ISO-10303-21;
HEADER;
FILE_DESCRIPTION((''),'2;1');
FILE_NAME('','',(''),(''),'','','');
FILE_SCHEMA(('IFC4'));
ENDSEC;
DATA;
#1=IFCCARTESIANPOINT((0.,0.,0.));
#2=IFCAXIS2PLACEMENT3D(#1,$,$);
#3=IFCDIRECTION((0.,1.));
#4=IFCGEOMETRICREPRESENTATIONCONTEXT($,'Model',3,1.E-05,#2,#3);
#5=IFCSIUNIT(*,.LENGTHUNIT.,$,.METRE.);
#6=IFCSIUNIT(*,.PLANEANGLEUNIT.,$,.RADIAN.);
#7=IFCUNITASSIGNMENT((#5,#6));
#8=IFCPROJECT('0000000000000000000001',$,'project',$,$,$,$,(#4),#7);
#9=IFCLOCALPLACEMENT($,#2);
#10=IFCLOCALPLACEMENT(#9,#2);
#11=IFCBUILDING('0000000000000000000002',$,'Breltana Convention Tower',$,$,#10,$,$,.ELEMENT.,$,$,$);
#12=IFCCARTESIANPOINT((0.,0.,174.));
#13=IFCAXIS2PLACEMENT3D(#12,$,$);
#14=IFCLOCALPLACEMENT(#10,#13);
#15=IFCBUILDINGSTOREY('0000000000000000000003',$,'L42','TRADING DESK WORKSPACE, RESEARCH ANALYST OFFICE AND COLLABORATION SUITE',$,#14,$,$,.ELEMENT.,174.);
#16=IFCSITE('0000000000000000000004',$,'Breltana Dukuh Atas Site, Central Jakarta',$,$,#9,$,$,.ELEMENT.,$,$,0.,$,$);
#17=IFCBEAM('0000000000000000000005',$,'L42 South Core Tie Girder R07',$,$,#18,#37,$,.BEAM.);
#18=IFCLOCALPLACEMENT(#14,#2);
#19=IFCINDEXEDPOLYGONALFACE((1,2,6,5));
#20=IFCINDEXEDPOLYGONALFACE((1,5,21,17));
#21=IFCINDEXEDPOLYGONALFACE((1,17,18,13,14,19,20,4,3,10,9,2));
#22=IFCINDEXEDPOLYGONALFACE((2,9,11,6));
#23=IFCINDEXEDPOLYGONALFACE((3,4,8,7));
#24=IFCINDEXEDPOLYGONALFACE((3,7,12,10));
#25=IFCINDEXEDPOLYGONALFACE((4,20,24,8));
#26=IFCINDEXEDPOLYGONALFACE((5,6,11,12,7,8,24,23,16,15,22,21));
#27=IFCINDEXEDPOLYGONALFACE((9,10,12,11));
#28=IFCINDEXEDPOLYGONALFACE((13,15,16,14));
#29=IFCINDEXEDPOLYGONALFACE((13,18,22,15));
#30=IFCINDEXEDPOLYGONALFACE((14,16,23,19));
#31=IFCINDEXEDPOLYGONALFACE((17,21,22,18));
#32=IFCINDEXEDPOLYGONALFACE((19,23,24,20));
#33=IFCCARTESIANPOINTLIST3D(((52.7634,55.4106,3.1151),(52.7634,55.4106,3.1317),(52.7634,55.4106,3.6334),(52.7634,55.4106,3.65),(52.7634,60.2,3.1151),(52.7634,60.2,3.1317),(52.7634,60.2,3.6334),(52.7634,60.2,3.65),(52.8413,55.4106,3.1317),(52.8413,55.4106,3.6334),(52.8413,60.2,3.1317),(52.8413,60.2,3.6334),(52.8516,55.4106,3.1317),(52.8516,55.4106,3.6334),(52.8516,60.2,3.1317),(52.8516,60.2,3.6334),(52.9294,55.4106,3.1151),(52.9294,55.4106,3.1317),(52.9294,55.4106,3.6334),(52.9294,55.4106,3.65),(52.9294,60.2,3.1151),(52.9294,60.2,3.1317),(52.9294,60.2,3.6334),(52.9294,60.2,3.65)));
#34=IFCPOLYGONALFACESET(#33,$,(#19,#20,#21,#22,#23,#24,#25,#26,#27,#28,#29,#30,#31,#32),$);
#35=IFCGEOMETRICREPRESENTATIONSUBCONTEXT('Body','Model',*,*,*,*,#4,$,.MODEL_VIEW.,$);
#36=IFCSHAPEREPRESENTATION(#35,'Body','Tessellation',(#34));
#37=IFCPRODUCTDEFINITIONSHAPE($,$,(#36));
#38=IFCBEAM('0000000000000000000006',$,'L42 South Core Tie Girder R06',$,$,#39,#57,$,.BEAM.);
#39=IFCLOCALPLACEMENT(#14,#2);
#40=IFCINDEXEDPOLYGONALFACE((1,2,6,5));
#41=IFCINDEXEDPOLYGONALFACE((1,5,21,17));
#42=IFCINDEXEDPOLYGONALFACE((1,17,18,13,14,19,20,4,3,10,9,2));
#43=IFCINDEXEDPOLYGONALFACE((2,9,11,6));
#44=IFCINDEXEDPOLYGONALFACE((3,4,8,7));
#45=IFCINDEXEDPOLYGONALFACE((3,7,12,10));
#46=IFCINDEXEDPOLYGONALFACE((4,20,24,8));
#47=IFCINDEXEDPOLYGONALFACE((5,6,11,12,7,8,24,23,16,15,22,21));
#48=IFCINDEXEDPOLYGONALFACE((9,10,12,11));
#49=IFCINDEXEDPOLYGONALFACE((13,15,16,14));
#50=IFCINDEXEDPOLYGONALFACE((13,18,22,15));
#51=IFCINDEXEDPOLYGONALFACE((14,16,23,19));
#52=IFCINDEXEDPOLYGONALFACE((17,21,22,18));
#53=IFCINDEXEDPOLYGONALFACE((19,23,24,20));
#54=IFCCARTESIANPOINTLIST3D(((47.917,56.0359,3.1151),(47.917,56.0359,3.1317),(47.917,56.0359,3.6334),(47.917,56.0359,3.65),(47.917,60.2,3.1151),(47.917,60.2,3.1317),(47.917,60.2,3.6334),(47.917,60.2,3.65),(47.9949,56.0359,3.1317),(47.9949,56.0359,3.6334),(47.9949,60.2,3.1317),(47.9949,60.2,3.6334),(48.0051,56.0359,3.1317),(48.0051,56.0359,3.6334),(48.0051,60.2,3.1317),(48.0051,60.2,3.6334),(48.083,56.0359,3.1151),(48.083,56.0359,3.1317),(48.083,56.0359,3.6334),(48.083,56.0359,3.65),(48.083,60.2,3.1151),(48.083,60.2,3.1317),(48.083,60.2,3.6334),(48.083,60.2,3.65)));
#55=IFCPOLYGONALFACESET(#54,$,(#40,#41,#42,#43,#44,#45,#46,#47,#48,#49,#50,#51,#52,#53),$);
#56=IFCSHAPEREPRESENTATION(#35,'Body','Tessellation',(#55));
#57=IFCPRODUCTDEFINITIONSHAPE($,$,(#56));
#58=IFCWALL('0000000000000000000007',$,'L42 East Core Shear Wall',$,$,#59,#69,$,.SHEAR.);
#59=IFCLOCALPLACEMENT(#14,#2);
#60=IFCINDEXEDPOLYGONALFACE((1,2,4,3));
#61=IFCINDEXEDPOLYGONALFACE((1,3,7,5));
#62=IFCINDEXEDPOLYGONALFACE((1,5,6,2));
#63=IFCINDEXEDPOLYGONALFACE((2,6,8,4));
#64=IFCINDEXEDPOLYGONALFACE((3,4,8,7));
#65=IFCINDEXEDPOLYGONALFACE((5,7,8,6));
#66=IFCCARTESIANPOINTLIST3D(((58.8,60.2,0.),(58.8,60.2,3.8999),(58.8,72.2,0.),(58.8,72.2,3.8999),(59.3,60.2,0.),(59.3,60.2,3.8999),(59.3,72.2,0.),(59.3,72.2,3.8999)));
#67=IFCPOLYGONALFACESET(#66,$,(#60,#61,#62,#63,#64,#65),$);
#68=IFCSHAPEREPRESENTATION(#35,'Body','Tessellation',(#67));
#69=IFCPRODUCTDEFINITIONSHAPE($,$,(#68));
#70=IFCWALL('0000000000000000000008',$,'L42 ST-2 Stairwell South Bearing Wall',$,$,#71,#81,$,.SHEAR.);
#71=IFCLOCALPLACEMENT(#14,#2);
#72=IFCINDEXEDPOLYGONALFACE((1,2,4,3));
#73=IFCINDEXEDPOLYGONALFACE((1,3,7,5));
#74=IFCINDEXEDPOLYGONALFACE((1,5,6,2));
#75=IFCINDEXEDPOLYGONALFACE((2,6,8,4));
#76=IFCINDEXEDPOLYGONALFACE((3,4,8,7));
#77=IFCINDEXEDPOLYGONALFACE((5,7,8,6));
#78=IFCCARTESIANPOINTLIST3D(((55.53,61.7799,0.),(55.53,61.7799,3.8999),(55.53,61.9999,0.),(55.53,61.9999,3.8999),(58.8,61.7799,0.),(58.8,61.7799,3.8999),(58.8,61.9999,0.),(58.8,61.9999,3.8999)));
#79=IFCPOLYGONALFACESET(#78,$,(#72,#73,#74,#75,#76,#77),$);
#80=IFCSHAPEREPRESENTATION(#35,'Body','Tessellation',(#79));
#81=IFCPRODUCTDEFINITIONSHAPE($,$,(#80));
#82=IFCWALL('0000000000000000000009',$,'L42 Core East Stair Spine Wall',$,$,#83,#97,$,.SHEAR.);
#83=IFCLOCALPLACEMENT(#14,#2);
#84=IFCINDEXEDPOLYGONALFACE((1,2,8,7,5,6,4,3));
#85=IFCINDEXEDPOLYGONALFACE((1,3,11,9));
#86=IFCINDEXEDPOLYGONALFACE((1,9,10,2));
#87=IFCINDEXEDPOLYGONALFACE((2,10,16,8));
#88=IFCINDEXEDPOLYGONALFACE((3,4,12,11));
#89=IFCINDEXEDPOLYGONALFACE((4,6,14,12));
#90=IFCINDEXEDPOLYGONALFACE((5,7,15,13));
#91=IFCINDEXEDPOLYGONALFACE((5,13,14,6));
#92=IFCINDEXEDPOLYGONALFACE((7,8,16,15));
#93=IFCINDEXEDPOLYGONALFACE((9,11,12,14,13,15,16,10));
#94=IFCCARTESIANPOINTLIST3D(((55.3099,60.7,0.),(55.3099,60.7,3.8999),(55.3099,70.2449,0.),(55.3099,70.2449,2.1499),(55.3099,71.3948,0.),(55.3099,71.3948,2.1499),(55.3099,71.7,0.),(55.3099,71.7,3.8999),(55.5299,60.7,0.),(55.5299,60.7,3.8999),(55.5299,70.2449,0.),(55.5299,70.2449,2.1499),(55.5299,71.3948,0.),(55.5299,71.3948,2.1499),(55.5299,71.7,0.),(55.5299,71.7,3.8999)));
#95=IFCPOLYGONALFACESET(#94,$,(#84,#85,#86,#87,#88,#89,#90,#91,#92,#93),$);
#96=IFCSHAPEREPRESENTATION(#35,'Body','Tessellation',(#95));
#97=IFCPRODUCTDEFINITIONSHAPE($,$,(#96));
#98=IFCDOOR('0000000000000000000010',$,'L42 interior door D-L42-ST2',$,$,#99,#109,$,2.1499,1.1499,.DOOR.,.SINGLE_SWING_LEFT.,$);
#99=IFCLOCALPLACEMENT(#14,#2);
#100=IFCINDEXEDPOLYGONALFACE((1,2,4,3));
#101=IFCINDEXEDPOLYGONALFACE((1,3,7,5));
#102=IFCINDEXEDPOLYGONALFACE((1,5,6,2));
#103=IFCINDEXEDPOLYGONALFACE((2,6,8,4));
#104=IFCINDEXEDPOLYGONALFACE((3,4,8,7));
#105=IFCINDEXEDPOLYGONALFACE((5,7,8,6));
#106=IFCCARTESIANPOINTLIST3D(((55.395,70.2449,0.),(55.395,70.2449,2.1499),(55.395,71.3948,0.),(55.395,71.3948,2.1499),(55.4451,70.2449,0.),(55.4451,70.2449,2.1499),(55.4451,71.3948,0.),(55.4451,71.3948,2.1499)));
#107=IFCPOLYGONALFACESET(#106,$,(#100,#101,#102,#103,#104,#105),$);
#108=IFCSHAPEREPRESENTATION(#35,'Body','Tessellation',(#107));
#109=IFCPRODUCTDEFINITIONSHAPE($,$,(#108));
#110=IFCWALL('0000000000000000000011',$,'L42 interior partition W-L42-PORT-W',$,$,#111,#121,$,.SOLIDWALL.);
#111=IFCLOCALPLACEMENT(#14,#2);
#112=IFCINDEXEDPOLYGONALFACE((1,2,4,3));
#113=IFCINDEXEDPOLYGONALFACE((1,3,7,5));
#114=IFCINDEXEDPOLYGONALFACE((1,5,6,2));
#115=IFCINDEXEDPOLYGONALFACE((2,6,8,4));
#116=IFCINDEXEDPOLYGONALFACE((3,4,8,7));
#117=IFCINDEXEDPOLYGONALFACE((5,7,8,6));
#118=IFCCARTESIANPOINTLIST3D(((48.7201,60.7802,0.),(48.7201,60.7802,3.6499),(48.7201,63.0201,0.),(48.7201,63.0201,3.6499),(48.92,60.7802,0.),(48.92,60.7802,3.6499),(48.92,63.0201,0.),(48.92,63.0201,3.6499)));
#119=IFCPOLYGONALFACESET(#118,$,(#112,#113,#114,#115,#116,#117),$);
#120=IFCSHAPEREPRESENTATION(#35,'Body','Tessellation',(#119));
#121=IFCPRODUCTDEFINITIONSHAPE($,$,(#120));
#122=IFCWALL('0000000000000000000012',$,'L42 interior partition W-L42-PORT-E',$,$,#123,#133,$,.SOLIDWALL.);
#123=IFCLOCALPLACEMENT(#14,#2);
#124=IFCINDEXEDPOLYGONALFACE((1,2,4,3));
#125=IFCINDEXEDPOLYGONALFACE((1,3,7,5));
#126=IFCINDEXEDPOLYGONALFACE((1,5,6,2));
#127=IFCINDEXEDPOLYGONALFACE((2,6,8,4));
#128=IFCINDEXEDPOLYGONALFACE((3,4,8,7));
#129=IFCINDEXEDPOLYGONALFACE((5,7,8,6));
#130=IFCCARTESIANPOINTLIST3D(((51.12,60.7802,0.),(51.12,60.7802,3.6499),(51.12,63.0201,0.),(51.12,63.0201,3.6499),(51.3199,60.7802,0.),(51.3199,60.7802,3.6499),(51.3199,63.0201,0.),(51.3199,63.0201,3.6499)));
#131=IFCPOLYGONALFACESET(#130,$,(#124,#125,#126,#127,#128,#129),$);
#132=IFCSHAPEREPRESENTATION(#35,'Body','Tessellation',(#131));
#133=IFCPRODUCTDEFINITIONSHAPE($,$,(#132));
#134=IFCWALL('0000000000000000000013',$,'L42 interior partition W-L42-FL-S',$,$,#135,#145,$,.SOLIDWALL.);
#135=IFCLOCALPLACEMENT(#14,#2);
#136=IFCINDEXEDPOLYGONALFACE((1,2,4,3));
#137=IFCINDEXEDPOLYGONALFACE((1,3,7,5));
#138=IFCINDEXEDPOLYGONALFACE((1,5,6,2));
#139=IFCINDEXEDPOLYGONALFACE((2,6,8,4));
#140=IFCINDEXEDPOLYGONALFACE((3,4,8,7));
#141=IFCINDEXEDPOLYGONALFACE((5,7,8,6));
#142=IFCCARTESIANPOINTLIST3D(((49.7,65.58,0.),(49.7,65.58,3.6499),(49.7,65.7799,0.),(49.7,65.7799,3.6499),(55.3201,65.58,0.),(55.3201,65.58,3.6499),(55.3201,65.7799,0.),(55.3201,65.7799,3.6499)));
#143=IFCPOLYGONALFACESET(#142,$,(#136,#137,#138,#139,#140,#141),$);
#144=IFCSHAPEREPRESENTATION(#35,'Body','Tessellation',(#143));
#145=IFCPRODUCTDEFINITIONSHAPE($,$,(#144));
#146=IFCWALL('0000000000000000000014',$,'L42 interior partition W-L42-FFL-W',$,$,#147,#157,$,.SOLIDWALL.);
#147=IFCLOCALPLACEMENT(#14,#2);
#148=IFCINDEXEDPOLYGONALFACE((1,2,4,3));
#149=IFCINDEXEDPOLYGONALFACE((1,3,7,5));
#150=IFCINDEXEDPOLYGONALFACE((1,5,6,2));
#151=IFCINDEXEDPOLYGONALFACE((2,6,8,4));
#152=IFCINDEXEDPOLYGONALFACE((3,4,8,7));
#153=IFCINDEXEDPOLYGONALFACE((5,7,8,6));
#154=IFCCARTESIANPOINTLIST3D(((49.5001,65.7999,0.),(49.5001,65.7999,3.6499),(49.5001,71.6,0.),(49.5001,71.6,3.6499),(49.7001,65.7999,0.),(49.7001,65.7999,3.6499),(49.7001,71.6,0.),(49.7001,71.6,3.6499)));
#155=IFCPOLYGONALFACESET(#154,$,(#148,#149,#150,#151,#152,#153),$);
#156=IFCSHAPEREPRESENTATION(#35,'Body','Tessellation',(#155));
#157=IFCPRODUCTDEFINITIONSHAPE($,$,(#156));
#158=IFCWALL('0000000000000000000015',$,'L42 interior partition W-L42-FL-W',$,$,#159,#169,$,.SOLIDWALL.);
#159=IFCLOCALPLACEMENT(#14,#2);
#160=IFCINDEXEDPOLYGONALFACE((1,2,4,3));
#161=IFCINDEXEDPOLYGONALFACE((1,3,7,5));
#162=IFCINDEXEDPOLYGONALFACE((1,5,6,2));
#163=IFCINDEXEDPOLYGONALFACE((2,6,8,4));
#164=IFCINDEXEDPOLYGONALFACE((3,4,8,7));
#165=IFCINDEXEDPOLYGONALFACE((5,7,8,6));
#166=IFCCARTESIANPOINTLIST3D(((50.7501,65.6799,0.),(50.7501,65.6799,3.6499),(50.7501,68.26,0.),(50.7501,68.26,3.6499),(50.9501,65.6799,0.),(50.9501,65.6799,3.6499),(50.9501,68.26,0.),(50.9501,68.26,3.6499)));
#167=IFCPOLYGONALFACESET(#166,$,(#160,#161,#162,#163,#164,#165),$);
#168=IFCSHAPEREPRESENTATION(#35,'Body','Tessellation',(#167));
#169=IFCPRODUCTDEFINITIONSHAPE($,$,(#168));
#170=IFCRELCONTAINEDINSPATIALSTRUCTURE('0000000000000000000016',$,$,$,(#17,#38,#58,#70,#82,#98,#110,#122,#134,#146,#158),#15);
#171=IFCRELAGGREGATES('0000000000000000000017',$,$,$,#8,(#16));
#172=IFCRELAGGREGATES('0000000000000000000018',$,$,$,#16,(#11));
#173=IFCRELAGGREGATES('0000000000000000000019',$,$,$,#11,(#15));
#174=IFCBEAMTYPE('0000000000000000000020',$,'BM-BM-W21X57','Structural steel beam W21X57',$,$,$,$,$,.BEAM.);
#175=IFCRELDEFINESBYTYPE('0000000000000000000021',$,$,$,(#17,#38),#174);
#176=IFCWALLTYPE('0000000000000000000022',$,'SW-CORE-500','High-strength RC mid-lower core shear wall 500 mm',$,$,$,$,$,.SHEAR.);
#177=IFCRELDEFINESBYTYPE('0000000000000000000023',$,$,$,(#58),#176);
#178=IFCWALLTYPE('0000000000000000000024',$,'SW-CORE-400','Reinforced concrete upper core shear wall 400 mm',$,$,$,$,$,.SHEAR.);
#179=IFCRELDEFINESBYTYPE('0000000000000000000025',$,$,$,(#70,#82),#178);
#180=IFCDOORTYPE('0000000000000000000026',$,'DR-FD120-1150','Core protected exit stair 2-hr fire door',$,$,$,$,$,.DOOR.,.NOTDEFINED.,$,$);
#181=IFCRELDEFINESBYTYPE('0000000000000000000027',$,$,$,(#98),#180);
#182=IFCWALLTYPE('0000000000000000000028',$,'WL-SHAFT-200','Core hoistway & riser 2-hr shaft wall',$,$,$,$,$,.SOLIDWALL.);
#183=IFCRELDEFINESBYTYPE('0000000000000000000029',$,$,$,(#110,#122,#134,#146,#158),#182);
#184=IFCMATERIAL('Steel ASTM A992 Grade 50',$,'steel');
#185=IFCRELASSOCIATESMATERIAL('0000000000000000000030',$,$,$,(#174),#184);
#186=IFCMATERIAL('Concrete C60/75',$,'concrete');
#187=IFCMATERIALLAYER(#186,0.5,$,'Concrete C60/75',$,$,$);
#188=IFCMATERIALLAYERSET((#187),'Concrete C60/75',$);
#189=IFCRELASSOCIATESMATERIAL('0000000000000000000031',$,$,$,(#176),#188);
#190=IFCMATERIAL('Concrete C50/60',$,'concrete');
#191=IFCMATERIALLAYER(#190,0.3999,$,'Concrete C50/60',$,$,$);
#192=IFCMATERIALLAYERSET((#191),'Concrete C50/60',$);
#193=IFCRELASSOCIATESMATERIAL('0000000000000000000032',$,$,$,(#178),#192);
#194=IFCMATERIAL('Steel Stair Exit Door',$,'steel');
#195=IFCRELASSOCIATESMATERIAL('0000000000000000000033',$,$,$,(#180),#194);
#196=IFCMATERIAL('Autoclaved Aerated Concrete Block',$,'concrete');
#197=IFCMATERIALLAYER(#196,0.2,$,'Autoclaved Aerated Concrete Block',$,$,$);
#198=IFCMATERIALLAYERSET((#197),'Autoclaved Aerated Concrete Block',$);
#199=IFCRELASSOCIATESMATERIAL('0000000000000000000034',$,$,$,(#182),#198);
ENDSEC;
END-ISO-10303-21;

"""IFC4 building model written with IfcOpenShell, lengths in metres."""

from ifc_helpers import new_model, si_unit, direction, frame, frame_2d, origin, origin_2d, place, context, subcontext, project, spatial, rectangle, i_section, extrude, source, transform, mapped, material, layer, layer_set, material_profile, profile_set, type_object, type_shapes, element, fill, save


model = new_model("IFC4")

# Units and contexts
model_context = context("Model", 3, precision=1e-05, world=origin(), true_north=direction((0.0, 1.0)))
body_context = subcontext(model_context, "Body", "Model", "MODEL_VIEW")
ifc_project = project(units=[si_unit("LENGTHUNIT", "METRE"), si_unit("PLANEANGLEUNIT", "RADIAN")], contexts=[model_context])

# Site, building, storey
site_placement = place(None, origin())
site = spatial("IfcSite", under=ifc_project, at=site_placement, Name="Breltana Dukuh Atas Site, Central Jakarta", CompositionType="ELEMENT", RefElevation=0.0)
building_placement = place(site_placement, origin())
building = spatial("IfcBuilding", under=site, at=building_placement, Name="Breltana Convention Tower", CompositionType="ELEMENT")
storey_placement = place(building_placement, frame((0.0, 0.0, 174.0)))
storey = spatial("IfcBuildingStorey", under=building, at=storey_placement, Name="L42", Description="TRADING DESK WORKSPACE, RESEARCH ANALYST OFFICE AND COLLABORATION SUITE", CompositionType="ELEMENT", Elevation=174.0)

# Beams
ifc_material_1 = material(Name="Steel ASTM A992 Grade 50", Category="steel")
ifc_material_profile = material_profile(ifc_material_1, i_section(OverallWidth=0.166, OverallDepth=0.5349, WebThickness=0.0103, FlangeThickness=0.0166, at=origin_2d()), Name="W21X57")
ifc_profile_set = profile_set([ifc_material_profile], Name="Steel ASTM A992 Grade 50")
beam_type = type_object("IfcBeamType", Name="BM-BM-W21X57", Description="Structural steel beam W21X57", PredefinedType="BEAM", material=ifc_profile_set)
shared_shape_1 = source(origin(), body_context, "Body", "SweptSolid", [
    extrude(i_section(OverallWidth=0.166, OverallDepth=0.5349, WebThickness=0.0103, FlangeThickness=0.0166, at=origin_2d()), origin(), (0.0, 0.0, 1.0), 4.7893),
])
beam_1_placement = place(storey_placement, frame((52.8464, 60.2, 3.3826), z_axis=(0.0, -1.0, 0.0), x_axis=(1.0, 0.0, 0.0)))
element("IfcBeam", 1, at=beam_1_placement, inside=storey, type_object=beam_type, Name="L42 South Core Tie Girder R07", PredefinedType="BEAM", context=body_context, shape_type="MappedRepresentation", body=[
    mapped(shared_shape_1, transform((0.0, 0.0, 0.0), scale=1.0)),
])
shared_shape_2 = source(origin(), body_context, "Body", "SweptSolid", [
    extrude(i_section(OverallWidth=0.166, OverallDepth=0.5349, WebThickness=0.0103, FlangeThickness=0.0166, at=origin_2d()), origin(), (0.0, 0.0, 1.0), 4.1641),
])
beam_2_placement = place(storey_placement, frame((48.0, 60.2, 3.3826), z_axis=(0.0, -1.0, 0.0), x_axis=(1.0, 0.0, 0.0)))
element("IfcBeam", 2, at=beam_2_placement, inside=storey, type_object=beam_type, Name="L42 South Core Tie Girder R06", PredefinedType="BEAM", context=body_context, shape_type="MappedRepresentation", body=[
    mapped(shared_shape_2, transform((0.0, 0.0, 0.0), scale=1.0)),
])

# Walls
ifc_material_2 = material(Name="Concrete C60/75", Category="concrete")
ifc_layer_1 = layer(ifc_material_2, 0.5, Name="Concrete C60/75")
ifc_layer_set_1 = layer_set([ifc_layer_1], Name="Concrete C60/75")
wall_type_1 = type_object("IfcWallType", Name="SW-CORE-500", Description="High-strength RC mid-lower core shear wall 500 mm", PredefinedType="SHEAR", material=ifc_layer_set_1)
shared_shape_3 = source(origin(), body_context, "Body", "SweptSolid", [
    extrude(rectangle(XDim=12.0, YDim=0.5, at=frame_2d((6.0, 0.0))), origin(), (0.0, 0.0, 1.0), 3.8999),
])
wall_1_placement = place(storey_placement, frame((59.05, 60.2, 0.0), z_axis=(0.0, 0.0, 1.0), x_axis=(0.0, 1.0, 0.0)))
element("IfcWall", 3, at=wall_1_placement, inside=storey, type_object=wall_type_1, Name="L42 East Core Shear Wall", PredefinedType="SHEAR", context=body_context, shape_type="MappedRepresentation", body=[
    mapped(shared_shape_3, transform((0.0, 0.0, 0.0), scale=1.0)),
])
ifc_material_3 = material(Name="Concrete C50/60", Category="concrete")
ifc_layer_2 = layer(ifc_material_3, 0.3999, Name="Concrete C50/60")
ifc_layer_set_2 = layer_set([ifc_layer_2], Name="Concrete C50/60")
wall_type_2 = type_object("IfcWallType", Name="SW-CORE-400", Description="Reinforced concrete upper core shear wall 400 mm", PredefinedType="SHEAR", material=ifc_layer_set_2)
shared_shape_4 = source(origin(), body_context, "Body", "SweptSolid", [
    extrude(rectangle(XDim=3.27, YDim=0.22, at=frame_2d((1.635, 0.0))), origin(), (0.0, 0.0, 1.0), 3.8999),
])
wall_2_placement = place(storey_placement, frame((55.53, 61.8899, 0.0), z_axis=(0.0, 0.0, 1.0), x_axis=(1.0, 0.0, 0.0)))
element("IfcWall", 4, at=wall_2_placement, inside=storey, type_object=wall_type_2, Name="L42 ST-2 Stairwell South Bearing Wall", PredefinedType="SHEAR", context=body_context, shape_type="MappedRepresentation", body=[
    mapped(shared_shape_4, transform((0.0, 0.0, 0.0), scale=1.0)),
])

# Wall, opening, door
shared_shape_5 = source(origin(), body_context, "Body", "SweptSolid", [
    extrude(rectangle(XDim=11.0, YDim=0.22, at=frame_2d((5.5, 0.0))), origin(), (0.0, 0.0, 1.0), 3.8999),
])
wall_3_placement = place(storey_placement, frame((55.4199, 60.7, 0.0), z_axis=(0.0, 0.0, 1.0), x_axis=(0.0, 1.0, 0.0)))
wall_3 = element("IfcWall", 5, at=wall_3_placement, inside=storey, type_object=wall_type_2, Name="L42 Core East Stair Spine Wall", PredefinedType="SHEAR", context=body_context, shape_type="MappedRepresentation", body=[
    mapped(shared_shape_5, transform((0.0, 0.0, 0.0), scale=1.0)),
])
opening_placement = place(wall_3_placement, frame((9.5449, 0.0, 0.0)))
opening = element("IfcOpeningElement", 6, at=opening_placement, cuts=wall_3, PredefinedType="OPENING", context=body_context, shape_type="SweptSolid", body=[
    extrude(rectangle(XDim=1.1499, YDim=2.1499, at=frame_2d((0.575, 1.075))), frame((0.0, 0.1201, 0.0), z_axis=(0.0, -1.0, 0.0), x_axis=(1.0, 0.0, 0.0)), (0.0, 0.0, 1.0), 0.24),
])
ifc_material_4 = material(Name="Steel Stair Exit Door", Category="steel")
door_type = type_object("IfcDoorType", Name="DR-FD120-1150", Description="Core protected exit stair 2-hr fire door", OperationType="NOTDEFINED", PredefinedType="DOOR", material=ifc_material_4)
shared_shape_6 = source(origin(), body_context, "Body", "SweptSolid", [
    extrude(rectangle(XDim=1.1499, YDim=2.1499, at=frame_2d((0.575, 1.075))), frame((0.0, 0.0249, 0.0), z_axis=(0.0, -1.0, 0.0), x_axis=(1.0, 0.0, 0.0)), (0.0, 0.0, 1.0), 0.05),
])
type_shapes(door_type, [shared_shape_6])
door_placement = place(opening_placement, origin())
door = element("IfcDoor", 7, at=door_placement, inside=storey, type_object=door_type, Name="L42 interior door D-L42-ST2", OperationType="SINGLE_SWING_LEFT", OverallHeight=2.1499, OverallWidth=1.1499, PredefinedType="DOOR", context=body_context, shape_type="MappedRepresentation", body=[
    mapped(shared_shape_6, transform((0.0, 0.0, 0.0), scale=1.0)),
])
fill(opening, door)

# Walls
ifc_material_5 = material(Name="Autoclaved Aerated Concrete Block", Category="concrete")
ifc_layer_3 = layer(ifc_material_5, 0.2, Name="Autoclaved Aerated Concrete Block")
ifc_layer_set_3 = layer_set([ifc_layer_3], Name="Autoclaved Aerated Concrete Block")
wall_type_3 = type_object("IfcWallType", Name="WL-SHAFT-200", Description="Core hoistway & riser 2-hr shaft wall", PredefinedType="SOLIDWALL", material=ifc_layer_set_3)
shared_shape_7 = source(origin(), body_context, "Body", "SweptSolid", [
    extrude(rectangle(XDim=2.24, YDim=0.2, at=frame_2d((1.1201, 0.0))), origin(), (0.0, 0.0, 1.0), 3.6499),
])
for number, where, z_axis, x_axis, name in (
    (8, (48.8201, 60.78, 0.0), (0.0, 0.0, 1.0), (0.0, 1.0, 0.0), "L42 interior partition W-L42-PORT-W"),
    (9, (51.22, 60.78, 0.0), (0.0, 0.0, 1.0), (0.0, 1.0, 0.0), "L42 interior partition W-L42-PORT-E"),
):
    element("IfcWall", number, at=place(storey_placement, frame(where, z_axis=z_axis, x_axis=x_axis)), inside=storey, type_object=wall_type_3, Name=name, PredefinedType="SOLIDWALL", context=body_context, shape_type="MappedRepresentation", body=[
        mapped(shared_shape_7, transform((0.0, 0.0, 0.0), scale=1.0)),
    ])
shared_shape_8 = source(origin(), body_context, "Body", "SweptSolid", [
    extrude(rectangle(XDim=5.6201, YDim=0.2, at=frame_2d((2.8101, 0.0))), origin(), (0.0, 0.0, 1.0), 3.6499),
])
wall_4_placement = place(storey_placement, frame((49.7, 65.6799, 0.0), z_axis=(0.0, 0.0, 1.0), x_axis=(1.0, 0.0, 0.0)))
element("IfcWall", 10, at=wall_4_placement, inside=storey, type_object=wall_type_3, Name="L42 interior partition W-L42-FL-S", PredefinedType="SOLIDWALL", context=body_context, shape_type="MappedRepresentation", body=[
    mapped(shared_shape_8, transform((0.0, 0.0, 0.0), scale=1.0)),
])
shared_shape_9 = source(origin(), body_context, "Body", "SweptSolid", [
    extrude(rectangle(XDim=5.8, YDim=0.2, at=frame_2d((2.8999, 0.0))), origin(), (0.0, 0.0, 1.0), 3.6499),
])
wall_5_placement = place(storey_placement, frame((49.6001, 65.8, 0.0), z_axis=(0.0, 0.0, 1.0), x_axis=(0.0, 1.0, 0.0)))
element("IfcWall", 11, at=wall_5_placement, inside=storey, type_object=wall_type_3, Name="L42 interior partition W-L42-FFL-W", PredefinedType="SOLIDWALL", context=body_context, shape_type="MappedRepresentation", body=[
    mapped(shared_shape_9, transform((0.0, 0.0, 0.0), scale=1.0)),
])
shared_shape_10 = source(origin(), body_context, "Body", "SweptSolid", [
    extrude(rectangle(XDim=2.5801, YDim=0.2, at=frame_2d((1.29, 0.0))), origin(), (0.0, 0.0, 1.0), 3.6499),
])
wall_6_placement = place(storey_placement, frame((50.8501, 65.6799, 0.0), z_axis=(0.0, 0.0, 1.0), x_axis=(0.0, 1.0, 0.0)))
element("IfcWall", 12, at=wall_6_placement, inside=storey, type_object=wall_type_3, Name="L42 interior partition W-L42-FL-W", PredefinedType="SOLIDWALL", context=body_context, shape_type="MappedRepresentation", body=[
    mapped(shared_shape_10, transform((0.0, 0.0, 0.0), scale=1.0)),
])

save(model, "model.ifc")
